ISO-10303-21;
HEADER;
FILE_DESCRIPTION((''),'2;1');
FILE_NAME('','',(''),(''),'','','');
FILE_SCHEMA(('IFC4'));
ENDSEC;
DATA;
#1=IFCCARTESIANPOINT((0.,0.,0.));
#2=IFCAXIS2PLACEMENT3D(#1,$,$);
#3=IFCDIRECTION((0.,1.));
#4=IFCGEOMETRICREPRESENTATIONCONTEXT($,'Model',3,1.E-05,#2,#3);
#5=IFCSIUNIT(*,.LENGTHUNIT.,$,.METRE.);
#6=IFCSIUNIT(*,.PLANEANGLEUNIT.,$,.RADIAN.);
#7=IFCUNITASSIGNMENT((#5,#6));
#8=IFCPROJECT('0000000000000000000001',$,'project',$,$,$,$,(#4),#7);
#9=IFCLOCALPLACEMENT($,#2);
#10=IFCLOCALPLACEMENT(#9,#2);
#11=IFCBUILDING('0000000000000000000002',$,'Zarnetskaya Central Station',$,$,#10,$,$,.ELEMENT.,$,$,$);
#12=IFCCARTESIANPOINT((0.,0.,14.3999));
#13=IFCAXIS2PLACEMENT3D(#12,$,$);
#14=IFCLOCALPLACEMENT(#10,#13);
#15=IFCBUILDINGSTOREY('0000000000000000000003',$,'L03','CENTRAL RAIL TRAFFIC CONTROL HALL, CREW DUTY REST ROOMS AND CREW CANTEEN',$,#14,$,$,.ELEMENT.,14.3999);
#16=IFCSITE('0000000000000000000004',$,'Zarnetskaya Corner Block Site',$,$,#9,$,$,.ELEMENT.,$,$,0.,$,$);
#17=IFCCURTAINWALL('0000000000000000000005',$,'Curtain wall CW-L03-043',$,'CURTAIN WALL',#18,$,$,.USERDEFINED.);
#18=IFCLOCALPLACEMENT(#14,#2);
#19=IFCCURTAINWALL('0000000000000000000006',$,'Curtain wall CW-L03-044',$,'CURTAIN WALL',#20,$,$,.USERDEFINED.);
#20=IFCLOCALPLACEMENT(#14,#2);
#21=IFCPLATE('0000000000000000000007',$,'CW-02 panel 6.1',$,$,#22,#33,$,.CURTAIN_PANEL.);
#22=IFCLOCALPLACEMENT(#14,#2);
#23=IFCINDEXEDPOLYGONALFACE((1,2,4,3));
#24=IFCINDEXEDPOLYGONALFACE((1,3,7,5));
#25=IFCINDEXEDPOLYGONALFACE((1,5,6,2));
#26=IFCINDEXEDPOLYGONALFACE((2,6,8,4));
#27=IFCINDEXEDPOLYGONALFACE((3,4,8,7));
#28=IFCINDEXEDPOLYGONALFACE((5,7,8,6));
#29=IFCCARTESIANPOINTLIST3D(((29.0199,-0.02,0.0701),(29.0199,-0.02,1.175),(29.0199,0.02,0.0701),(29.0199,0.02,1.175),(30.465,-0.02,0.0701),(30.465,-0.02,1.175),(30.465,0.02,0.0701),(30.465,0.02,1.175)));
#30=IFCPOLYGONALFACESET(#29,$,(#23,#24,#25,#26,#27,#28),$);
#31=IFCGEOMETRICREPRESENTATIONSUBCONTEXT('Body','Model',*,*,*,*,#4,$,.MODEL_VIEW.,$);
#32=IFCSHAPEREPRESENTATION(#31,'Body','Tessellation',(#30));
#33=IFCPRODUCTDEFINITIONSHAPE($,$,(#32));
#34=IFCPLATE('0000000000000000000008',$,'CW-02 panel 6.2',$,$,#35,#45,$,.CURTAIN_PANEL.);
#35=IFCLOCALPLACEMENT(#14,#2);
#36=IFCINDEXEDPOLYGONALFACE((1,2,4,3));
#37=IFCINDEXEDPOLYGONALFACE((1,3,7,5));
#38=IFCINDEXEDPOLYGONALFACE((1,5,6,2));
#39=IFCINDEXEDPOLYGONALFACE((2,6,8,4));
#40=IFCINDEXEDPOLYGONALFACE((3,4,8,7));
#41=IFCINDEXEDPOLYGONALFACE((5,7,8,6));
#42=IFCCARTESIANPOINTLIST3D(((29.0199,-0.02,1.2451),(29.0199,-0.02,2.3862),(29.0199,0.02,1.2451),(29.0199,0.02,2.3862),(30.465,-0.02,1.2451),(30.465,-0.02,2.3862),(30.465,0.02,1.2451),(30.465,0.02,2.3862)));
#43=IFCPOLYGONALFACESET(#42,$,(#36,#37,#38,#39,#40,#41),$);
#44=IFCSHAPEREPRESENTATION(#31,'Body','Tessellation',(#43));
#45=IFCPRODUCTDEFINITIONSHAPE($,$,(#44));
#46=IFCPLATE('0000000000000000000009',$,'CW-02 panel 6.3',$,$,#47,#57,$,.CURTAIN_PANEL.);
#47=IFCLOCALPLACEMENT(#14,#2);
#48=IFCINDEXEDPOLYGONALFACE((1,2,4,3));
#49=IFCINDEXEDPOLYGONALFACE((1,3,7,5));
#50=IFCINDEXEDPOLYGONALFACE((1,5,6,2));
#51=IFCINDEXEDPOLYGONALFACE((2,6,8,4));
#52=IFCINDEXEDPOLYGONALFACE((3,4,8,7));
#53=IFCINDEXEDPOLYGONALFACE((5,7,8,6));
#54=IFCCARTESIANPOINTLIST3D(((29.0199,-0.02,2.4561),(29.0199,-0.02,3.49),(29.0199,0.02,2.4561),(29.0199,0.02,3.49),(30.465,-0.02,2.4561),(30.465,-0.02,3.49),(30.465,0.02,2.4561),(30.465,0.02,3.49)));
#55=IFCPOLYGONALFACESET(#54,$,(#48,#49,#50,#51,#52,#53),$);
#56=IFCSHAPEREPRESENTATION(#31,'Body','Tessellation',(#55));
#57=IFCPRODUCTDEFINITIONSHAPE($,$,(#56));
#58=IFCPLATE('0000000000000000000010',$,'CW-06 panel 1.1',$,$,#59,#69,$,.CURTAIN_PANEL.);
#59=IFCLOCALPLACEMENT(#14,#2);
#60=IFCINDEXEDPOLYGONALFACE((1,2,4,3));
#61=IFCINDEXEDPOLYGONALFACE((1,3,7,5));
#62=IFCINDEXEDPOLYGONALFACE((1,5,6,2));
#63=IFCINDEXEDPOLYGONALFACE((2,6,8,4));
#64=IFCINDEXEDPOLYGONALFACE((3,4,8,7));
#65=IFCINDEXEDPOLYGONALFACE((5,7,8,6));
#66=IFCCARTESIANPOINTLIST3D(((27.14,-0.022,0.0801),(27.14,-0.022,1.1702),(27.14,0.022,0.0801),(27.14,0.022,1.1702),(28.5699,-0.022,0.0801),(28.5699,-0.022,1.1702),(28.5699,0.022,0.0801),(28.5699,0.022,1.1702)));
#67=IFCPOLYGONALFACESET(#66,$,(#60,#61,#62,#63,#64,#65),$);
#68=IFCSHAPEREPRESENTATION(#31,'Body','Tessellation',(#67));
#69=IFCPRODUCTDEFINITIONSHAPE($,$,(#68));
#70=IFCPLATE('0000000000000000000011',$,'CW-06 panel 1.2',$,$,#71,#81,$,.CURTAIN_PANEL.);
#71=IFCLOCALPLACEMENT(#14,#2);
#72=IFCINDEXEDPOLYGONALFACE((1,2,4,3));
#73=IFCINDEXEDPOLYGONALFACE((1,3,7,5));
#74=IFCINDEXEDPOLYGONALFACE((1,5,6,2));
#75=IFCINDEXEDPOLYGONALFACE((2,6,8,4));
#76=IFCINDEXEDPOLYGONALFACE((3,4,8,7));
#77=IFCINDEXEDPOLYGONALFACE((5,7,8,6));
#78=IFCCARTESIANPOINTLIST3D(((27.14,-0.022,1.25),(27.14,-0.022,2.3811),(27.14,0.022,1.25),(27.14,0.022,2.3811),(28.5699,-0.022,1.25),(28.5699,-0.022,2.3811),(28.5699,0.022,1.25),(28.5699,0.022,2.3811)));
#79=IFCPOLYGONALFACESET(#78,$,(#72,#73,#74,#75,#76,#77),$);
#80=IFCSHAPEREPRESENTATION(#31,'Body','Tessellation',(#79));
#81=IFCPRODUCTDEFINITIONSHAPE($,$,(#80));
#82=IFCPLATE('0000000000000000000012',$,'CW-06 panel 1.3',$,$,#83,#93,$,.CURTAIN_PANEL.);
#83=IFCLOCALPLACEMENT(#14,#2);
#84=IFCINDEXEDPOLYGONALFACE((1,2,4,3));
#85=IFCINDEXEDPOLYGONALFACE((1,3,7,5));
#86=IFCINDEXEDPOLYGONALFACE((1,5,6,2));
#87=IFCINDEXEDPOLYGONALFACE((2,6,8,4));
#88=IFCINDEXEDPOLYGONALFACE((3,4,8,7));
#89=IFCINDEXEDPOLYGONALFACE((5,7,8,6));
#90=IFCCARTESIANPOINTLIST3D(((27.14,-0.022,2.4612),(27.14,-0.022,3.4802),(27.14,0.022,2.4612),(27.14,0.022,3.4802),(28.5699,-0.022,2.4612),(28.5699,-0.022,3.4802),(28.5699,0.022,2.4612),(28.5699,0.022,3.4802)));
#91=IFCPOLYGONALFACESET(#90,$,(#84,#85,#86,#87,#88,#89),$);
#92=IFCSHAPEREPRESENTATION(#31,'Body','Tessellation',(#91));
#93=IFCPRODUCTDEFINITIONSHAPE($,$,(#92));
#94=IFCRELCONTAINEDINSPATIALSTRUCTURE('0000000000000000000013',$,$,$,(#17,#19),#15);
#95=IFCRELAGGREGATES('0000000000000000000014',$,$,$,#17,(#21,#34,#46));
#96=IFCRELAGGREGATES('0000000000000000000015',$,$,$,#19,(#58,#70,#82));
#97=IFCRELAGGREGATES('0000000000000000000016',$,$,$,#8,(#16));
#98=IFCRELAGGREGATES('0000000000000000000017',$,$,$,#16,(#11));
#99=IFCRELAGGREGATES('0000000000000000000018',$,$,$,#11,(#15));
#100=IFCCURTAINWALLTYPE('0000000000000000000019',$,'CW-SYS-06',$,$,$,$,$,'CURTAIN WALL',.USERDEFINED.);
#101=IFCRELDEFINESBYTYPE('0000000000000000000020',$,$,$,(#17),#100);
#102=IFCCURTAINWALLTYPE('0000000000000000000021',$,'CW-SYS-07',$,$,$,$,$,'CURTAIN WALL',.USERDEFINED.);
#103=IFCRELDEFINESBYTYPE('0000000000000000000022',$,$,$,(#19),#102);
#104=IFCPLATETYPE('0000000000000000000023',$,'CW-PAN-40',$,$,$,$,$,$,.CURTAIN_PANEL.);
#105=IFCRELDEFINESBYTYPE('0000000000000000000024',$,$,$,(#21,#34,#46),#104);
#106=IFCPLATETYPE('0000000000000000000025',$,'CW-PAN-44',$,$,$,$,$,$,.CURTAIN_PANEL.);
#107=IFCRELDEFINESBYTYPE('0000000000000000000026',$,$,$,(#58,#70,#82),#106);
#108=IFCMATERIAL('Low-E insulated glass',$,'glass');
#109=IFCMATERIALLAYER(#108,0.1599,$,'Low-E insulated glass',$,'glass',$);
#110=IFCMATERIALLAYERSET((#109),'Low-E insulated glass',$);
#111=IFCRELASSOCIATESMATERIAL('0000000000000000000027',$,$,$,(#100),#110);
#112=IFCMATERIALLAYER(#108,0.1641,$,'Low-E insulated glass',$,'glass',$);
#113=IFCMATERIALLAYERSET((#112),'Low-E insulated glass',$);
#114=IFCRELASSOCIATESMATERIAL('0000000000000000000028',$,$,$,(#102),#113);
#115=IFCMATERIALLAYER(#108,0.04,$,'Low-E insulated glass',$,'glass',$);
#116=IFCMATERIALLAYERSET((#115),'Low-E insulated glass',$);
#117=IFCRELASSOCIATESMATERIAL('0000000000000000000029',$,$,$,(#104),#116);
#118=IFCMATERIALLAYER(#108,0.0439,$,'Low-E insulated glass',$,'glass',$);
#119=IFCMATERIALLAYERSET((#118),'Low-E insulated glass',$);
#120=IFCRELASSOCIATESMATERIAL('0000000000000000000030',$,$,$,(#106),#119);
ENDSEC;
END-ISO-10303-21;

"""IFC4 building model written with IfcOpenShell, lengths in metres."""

from ifc_helpers import new_model, si_unit, direction, frame, origin, origin_2d, place, context, subcontext, project, spatial, rectangle, extrude, material, layer, layer_set, type_object, element, aggregate, save


model = new_model("IFC4")

# Units and contexts
model_context = context("Model", 3, precision=1e-05, world=origin(), true_north=direction((0.0, 1.0)))
body_context = subcontext(model_context, "Body", "Model", "MODEL_VIEW")
ifc_project = project(units=[si_unit("LENGTHUNIT", "METRE"), si_unit("PLANEANGLEUNIT", "RADIAN")], contexts=[model_context])

# Site, building, storey
site_placement = place(None, origin())
site = spatial("IfcSite", under=ifc_project, at=site_placement, Name="Zarnetskaya Corner Block Site", CompositionType="ELEMENT", RefElevation=0.0)
building_placement = place(site_placement, origin())
building = spatial("IfcBuilding", under=site, at=building_placement, Name="Zarnetskaya Central Station", CompositionType="ELEMENT")
storey_placement = place(building_placement, frame((0.0, 0.0, 14.3999)))
storey = spatial("IfcBuildingStorey", under=building, at=storey_placement, Name="L03", Description="CENTRAL RAIL TRAFFIC CONTROL HALL, CREW DUTY REST ROOMS AND CREW CANTEEN", CompositionType="ELEMENT", Elevation=14.3999)

# Curtain wall
ifc_material_1 = material(Name="Low-E insulated glass", Category="glass")
ifc_layer_1 = layer(ifc_material_1, 0.1599, Name="Low-E insulated glass", Category="glass")
ifc_layer_set_1 = layer_set([ifc_layer_1], Name="Low-E insulated glass")
curtain_wall_type_1 = type_object("IfcCurtainWallType", Name="CW-SYS-06", ElementType="CURTAIN WALL", PredefinedType="USERDEFINED", material=ifc_layer_set_1)
curtain_wall_1_placement = place(storey_placement, origin())
curtain_wall_1 = element("IfcCurtainWall", 1, at=curtain_wall_1_placement, inside=storey, type_object=curtain_wall_type_1, Name="Curtain wall CW-L03-043", ObjectType="CURTAIN WALL", PredefinedType="USERDEFINED")

# Curtain wall
ifc_layer_2 = layer(ifc_material_1, 0.1641, Name="Low-E insulated glass", Category="glass")
ifc_layer_set_2 = layer_set([ifc_layer_2], Name="Low-E insulated glass")
curtain_wall_type_2 = type_object("IfcCurtainWallType", Name="CW-SYS-07", ElementType="CURTAIN WALL", PredefinedType="USERDEFINED", material=ifc_layer_set_2)
curtain_wall_2_placement = place(storey_placement, origin())
curtain_wall_2 = element("IfcCurtainWall", 2, at=curtain_wall_2_placement, inside=storey, type_object=curtain_wall_type_2, Name="Curtain wall CW-L03-044", ObjectType="CURTAIN WALL", PredefinedType="USERDEFINED")

# Plates
ifc_layer_3 = layer(ifc_material_1, 0.04, Name="Low-E insulated glass", Category="glass")
ifc_layer_set_3 = layer_set([ifc_layer_3], Name="Low-E insulated glass")
plate_type_1 = type_object("IfcPlateType", Name="CW-PAN-40", PredefinedType="CURTAIN_PANEL", material=ifc_layer_set_3)
plate_1_placement = place(storey_placement, frame((29.7424, 0.0, 0.0701), z_axis=(0.0, 0.0, 1.0), x_axis=(-1.0, 0.0, 0.0)))
plate_1 = element("IfcPlate", 3, at=plate_1_placement, type_object=plate_type_1, Name="CW-02 panel 6.1", PredefinedType="CURTAIN_PANEL", context=body_context, shape_type="SweptSolid", body=[
    extrude(rectangle(XDim=1.4451, YDim=0.04, at=origin_2d()), origin(), (0.0, 0.0, 1.0), 1.105),
])
plate_2_placement = place(storey_placement, frame((29.7424, 0.0, 1.2451), z_axis=(0.0, 0.0, 1.0), x_axis=(-1.0, 0.0, 0.0)))
plate_2 = element("IfcPlate", 4, at=plate_2_placement, type_object=plate_type_1, Name="CW-02 panel 6.2", PredefinedType="CURTAIN_PANEL", context=body_context, shape_type="SweptSolid", body=[
    extrude(rectangle(XDim=1.4451, YDim=0.04, at=origin_2d()), origin(), (0.0, 0.0, 1.0), 1.1411),
])
plate_3_placement = place(storey_placement, frame((29.7424, 0.0, 2.4561), z_axis=(0.0, 0.0, 1.0), x_axis=(-1.0, 0.0, 0.0)))
plate_3 = element("IfcPlate", 5, at=plate_3_placement, type_object=plate_type_1, Name="CW-02 panel 6.3", PredefinedType="CURTAIN_PANEL", context=body_context, shape_type="SweptSolid", body=[
    extrude(rectangle(XDim=1.4451, YDim=0.04, at=origin_2d()), origin(), (0.0, 0.0, 1.0), 1.0339),
])
aggregate(curtain_wall_1, [plate_1, plate_2, plate_3])
ifc_layer_4 = layer(ifc_material_1, 0.0439, Name="Low-E insulated glass", Category="glass")
ifc_layer_set_4 = layer_set([ifc_layer_4], Name="Low-E insulated glass")
plate_type_2 = type_object("IfcPlateType", Name="CW-PAN-44", PredefinedType="CURTAIN_PANEL", material=ifc_layer_set_4)
plate_4_placement = place(storey_placement, frame((27.855, 0.0, 0.0801), z_axis=(0.0, 0.0, 1.0), x_axis=(-1.0, 0.0, 0.0)))
plate_4 = element("IfcPlate", 6, at=plate_4_placement, type_object=plate_type_2, Name="CW-06 panel 1.1", PredefinedType="CURTAIN_PANEL", context=body_context, shape_type="SweptSolid", body=[
    extrude(rectangle(XDim=1.4299, YDim=0.0439, at=origin_2d()), origin(), (0.0, 0.0, 1.0), 1.0901),
])
plate_5_placement = place(storey_placement, frame((27.855, 0.0, 1.25), z_axis=(0.0, 0.0, 1.0), x_axis=(-1.0, 0.0, 0.0)))
plate_5 = element("IfcPlate", 7, at=plate_5_placement, type_object=plate_type_2, Name="CW-06 panel 1.2", PredefinedType="CURTAIN_PANEL", context=body_context, shape_type="SweptSolid", body=[
    extrude(rectangle(XDim=1.4299, YDim=0.0439, at=origin_2d()), origin(), (0.0, 0.0, 1.0), 1.1311),
])
plate_6_placement = place(storey_placement, frame((27.855, 0.0, 2.4612), z_axis=(0.0, 0.0, 1.0), x_axis=(-1.0, 0.0, 0.0)))
plate_6 = element("IfcPlate", 8, at=plate_6_placement, type_object=plate_type_2, Name="CW-06 panel 1.3", PredefinedType="CURTAIN_PANEL", context=body_context, shape_type="SweptSolid", body=[
    extrude(rectangle(XDim=1.4299, YDim=0.0439, at=origin_2d()), origin(), (0.0, 0.0, 1.0), 1.019),
])
aggregate(curtain_wall_2, [plate_4, plate_5, plate_6])

save(model, "model.ifc")
